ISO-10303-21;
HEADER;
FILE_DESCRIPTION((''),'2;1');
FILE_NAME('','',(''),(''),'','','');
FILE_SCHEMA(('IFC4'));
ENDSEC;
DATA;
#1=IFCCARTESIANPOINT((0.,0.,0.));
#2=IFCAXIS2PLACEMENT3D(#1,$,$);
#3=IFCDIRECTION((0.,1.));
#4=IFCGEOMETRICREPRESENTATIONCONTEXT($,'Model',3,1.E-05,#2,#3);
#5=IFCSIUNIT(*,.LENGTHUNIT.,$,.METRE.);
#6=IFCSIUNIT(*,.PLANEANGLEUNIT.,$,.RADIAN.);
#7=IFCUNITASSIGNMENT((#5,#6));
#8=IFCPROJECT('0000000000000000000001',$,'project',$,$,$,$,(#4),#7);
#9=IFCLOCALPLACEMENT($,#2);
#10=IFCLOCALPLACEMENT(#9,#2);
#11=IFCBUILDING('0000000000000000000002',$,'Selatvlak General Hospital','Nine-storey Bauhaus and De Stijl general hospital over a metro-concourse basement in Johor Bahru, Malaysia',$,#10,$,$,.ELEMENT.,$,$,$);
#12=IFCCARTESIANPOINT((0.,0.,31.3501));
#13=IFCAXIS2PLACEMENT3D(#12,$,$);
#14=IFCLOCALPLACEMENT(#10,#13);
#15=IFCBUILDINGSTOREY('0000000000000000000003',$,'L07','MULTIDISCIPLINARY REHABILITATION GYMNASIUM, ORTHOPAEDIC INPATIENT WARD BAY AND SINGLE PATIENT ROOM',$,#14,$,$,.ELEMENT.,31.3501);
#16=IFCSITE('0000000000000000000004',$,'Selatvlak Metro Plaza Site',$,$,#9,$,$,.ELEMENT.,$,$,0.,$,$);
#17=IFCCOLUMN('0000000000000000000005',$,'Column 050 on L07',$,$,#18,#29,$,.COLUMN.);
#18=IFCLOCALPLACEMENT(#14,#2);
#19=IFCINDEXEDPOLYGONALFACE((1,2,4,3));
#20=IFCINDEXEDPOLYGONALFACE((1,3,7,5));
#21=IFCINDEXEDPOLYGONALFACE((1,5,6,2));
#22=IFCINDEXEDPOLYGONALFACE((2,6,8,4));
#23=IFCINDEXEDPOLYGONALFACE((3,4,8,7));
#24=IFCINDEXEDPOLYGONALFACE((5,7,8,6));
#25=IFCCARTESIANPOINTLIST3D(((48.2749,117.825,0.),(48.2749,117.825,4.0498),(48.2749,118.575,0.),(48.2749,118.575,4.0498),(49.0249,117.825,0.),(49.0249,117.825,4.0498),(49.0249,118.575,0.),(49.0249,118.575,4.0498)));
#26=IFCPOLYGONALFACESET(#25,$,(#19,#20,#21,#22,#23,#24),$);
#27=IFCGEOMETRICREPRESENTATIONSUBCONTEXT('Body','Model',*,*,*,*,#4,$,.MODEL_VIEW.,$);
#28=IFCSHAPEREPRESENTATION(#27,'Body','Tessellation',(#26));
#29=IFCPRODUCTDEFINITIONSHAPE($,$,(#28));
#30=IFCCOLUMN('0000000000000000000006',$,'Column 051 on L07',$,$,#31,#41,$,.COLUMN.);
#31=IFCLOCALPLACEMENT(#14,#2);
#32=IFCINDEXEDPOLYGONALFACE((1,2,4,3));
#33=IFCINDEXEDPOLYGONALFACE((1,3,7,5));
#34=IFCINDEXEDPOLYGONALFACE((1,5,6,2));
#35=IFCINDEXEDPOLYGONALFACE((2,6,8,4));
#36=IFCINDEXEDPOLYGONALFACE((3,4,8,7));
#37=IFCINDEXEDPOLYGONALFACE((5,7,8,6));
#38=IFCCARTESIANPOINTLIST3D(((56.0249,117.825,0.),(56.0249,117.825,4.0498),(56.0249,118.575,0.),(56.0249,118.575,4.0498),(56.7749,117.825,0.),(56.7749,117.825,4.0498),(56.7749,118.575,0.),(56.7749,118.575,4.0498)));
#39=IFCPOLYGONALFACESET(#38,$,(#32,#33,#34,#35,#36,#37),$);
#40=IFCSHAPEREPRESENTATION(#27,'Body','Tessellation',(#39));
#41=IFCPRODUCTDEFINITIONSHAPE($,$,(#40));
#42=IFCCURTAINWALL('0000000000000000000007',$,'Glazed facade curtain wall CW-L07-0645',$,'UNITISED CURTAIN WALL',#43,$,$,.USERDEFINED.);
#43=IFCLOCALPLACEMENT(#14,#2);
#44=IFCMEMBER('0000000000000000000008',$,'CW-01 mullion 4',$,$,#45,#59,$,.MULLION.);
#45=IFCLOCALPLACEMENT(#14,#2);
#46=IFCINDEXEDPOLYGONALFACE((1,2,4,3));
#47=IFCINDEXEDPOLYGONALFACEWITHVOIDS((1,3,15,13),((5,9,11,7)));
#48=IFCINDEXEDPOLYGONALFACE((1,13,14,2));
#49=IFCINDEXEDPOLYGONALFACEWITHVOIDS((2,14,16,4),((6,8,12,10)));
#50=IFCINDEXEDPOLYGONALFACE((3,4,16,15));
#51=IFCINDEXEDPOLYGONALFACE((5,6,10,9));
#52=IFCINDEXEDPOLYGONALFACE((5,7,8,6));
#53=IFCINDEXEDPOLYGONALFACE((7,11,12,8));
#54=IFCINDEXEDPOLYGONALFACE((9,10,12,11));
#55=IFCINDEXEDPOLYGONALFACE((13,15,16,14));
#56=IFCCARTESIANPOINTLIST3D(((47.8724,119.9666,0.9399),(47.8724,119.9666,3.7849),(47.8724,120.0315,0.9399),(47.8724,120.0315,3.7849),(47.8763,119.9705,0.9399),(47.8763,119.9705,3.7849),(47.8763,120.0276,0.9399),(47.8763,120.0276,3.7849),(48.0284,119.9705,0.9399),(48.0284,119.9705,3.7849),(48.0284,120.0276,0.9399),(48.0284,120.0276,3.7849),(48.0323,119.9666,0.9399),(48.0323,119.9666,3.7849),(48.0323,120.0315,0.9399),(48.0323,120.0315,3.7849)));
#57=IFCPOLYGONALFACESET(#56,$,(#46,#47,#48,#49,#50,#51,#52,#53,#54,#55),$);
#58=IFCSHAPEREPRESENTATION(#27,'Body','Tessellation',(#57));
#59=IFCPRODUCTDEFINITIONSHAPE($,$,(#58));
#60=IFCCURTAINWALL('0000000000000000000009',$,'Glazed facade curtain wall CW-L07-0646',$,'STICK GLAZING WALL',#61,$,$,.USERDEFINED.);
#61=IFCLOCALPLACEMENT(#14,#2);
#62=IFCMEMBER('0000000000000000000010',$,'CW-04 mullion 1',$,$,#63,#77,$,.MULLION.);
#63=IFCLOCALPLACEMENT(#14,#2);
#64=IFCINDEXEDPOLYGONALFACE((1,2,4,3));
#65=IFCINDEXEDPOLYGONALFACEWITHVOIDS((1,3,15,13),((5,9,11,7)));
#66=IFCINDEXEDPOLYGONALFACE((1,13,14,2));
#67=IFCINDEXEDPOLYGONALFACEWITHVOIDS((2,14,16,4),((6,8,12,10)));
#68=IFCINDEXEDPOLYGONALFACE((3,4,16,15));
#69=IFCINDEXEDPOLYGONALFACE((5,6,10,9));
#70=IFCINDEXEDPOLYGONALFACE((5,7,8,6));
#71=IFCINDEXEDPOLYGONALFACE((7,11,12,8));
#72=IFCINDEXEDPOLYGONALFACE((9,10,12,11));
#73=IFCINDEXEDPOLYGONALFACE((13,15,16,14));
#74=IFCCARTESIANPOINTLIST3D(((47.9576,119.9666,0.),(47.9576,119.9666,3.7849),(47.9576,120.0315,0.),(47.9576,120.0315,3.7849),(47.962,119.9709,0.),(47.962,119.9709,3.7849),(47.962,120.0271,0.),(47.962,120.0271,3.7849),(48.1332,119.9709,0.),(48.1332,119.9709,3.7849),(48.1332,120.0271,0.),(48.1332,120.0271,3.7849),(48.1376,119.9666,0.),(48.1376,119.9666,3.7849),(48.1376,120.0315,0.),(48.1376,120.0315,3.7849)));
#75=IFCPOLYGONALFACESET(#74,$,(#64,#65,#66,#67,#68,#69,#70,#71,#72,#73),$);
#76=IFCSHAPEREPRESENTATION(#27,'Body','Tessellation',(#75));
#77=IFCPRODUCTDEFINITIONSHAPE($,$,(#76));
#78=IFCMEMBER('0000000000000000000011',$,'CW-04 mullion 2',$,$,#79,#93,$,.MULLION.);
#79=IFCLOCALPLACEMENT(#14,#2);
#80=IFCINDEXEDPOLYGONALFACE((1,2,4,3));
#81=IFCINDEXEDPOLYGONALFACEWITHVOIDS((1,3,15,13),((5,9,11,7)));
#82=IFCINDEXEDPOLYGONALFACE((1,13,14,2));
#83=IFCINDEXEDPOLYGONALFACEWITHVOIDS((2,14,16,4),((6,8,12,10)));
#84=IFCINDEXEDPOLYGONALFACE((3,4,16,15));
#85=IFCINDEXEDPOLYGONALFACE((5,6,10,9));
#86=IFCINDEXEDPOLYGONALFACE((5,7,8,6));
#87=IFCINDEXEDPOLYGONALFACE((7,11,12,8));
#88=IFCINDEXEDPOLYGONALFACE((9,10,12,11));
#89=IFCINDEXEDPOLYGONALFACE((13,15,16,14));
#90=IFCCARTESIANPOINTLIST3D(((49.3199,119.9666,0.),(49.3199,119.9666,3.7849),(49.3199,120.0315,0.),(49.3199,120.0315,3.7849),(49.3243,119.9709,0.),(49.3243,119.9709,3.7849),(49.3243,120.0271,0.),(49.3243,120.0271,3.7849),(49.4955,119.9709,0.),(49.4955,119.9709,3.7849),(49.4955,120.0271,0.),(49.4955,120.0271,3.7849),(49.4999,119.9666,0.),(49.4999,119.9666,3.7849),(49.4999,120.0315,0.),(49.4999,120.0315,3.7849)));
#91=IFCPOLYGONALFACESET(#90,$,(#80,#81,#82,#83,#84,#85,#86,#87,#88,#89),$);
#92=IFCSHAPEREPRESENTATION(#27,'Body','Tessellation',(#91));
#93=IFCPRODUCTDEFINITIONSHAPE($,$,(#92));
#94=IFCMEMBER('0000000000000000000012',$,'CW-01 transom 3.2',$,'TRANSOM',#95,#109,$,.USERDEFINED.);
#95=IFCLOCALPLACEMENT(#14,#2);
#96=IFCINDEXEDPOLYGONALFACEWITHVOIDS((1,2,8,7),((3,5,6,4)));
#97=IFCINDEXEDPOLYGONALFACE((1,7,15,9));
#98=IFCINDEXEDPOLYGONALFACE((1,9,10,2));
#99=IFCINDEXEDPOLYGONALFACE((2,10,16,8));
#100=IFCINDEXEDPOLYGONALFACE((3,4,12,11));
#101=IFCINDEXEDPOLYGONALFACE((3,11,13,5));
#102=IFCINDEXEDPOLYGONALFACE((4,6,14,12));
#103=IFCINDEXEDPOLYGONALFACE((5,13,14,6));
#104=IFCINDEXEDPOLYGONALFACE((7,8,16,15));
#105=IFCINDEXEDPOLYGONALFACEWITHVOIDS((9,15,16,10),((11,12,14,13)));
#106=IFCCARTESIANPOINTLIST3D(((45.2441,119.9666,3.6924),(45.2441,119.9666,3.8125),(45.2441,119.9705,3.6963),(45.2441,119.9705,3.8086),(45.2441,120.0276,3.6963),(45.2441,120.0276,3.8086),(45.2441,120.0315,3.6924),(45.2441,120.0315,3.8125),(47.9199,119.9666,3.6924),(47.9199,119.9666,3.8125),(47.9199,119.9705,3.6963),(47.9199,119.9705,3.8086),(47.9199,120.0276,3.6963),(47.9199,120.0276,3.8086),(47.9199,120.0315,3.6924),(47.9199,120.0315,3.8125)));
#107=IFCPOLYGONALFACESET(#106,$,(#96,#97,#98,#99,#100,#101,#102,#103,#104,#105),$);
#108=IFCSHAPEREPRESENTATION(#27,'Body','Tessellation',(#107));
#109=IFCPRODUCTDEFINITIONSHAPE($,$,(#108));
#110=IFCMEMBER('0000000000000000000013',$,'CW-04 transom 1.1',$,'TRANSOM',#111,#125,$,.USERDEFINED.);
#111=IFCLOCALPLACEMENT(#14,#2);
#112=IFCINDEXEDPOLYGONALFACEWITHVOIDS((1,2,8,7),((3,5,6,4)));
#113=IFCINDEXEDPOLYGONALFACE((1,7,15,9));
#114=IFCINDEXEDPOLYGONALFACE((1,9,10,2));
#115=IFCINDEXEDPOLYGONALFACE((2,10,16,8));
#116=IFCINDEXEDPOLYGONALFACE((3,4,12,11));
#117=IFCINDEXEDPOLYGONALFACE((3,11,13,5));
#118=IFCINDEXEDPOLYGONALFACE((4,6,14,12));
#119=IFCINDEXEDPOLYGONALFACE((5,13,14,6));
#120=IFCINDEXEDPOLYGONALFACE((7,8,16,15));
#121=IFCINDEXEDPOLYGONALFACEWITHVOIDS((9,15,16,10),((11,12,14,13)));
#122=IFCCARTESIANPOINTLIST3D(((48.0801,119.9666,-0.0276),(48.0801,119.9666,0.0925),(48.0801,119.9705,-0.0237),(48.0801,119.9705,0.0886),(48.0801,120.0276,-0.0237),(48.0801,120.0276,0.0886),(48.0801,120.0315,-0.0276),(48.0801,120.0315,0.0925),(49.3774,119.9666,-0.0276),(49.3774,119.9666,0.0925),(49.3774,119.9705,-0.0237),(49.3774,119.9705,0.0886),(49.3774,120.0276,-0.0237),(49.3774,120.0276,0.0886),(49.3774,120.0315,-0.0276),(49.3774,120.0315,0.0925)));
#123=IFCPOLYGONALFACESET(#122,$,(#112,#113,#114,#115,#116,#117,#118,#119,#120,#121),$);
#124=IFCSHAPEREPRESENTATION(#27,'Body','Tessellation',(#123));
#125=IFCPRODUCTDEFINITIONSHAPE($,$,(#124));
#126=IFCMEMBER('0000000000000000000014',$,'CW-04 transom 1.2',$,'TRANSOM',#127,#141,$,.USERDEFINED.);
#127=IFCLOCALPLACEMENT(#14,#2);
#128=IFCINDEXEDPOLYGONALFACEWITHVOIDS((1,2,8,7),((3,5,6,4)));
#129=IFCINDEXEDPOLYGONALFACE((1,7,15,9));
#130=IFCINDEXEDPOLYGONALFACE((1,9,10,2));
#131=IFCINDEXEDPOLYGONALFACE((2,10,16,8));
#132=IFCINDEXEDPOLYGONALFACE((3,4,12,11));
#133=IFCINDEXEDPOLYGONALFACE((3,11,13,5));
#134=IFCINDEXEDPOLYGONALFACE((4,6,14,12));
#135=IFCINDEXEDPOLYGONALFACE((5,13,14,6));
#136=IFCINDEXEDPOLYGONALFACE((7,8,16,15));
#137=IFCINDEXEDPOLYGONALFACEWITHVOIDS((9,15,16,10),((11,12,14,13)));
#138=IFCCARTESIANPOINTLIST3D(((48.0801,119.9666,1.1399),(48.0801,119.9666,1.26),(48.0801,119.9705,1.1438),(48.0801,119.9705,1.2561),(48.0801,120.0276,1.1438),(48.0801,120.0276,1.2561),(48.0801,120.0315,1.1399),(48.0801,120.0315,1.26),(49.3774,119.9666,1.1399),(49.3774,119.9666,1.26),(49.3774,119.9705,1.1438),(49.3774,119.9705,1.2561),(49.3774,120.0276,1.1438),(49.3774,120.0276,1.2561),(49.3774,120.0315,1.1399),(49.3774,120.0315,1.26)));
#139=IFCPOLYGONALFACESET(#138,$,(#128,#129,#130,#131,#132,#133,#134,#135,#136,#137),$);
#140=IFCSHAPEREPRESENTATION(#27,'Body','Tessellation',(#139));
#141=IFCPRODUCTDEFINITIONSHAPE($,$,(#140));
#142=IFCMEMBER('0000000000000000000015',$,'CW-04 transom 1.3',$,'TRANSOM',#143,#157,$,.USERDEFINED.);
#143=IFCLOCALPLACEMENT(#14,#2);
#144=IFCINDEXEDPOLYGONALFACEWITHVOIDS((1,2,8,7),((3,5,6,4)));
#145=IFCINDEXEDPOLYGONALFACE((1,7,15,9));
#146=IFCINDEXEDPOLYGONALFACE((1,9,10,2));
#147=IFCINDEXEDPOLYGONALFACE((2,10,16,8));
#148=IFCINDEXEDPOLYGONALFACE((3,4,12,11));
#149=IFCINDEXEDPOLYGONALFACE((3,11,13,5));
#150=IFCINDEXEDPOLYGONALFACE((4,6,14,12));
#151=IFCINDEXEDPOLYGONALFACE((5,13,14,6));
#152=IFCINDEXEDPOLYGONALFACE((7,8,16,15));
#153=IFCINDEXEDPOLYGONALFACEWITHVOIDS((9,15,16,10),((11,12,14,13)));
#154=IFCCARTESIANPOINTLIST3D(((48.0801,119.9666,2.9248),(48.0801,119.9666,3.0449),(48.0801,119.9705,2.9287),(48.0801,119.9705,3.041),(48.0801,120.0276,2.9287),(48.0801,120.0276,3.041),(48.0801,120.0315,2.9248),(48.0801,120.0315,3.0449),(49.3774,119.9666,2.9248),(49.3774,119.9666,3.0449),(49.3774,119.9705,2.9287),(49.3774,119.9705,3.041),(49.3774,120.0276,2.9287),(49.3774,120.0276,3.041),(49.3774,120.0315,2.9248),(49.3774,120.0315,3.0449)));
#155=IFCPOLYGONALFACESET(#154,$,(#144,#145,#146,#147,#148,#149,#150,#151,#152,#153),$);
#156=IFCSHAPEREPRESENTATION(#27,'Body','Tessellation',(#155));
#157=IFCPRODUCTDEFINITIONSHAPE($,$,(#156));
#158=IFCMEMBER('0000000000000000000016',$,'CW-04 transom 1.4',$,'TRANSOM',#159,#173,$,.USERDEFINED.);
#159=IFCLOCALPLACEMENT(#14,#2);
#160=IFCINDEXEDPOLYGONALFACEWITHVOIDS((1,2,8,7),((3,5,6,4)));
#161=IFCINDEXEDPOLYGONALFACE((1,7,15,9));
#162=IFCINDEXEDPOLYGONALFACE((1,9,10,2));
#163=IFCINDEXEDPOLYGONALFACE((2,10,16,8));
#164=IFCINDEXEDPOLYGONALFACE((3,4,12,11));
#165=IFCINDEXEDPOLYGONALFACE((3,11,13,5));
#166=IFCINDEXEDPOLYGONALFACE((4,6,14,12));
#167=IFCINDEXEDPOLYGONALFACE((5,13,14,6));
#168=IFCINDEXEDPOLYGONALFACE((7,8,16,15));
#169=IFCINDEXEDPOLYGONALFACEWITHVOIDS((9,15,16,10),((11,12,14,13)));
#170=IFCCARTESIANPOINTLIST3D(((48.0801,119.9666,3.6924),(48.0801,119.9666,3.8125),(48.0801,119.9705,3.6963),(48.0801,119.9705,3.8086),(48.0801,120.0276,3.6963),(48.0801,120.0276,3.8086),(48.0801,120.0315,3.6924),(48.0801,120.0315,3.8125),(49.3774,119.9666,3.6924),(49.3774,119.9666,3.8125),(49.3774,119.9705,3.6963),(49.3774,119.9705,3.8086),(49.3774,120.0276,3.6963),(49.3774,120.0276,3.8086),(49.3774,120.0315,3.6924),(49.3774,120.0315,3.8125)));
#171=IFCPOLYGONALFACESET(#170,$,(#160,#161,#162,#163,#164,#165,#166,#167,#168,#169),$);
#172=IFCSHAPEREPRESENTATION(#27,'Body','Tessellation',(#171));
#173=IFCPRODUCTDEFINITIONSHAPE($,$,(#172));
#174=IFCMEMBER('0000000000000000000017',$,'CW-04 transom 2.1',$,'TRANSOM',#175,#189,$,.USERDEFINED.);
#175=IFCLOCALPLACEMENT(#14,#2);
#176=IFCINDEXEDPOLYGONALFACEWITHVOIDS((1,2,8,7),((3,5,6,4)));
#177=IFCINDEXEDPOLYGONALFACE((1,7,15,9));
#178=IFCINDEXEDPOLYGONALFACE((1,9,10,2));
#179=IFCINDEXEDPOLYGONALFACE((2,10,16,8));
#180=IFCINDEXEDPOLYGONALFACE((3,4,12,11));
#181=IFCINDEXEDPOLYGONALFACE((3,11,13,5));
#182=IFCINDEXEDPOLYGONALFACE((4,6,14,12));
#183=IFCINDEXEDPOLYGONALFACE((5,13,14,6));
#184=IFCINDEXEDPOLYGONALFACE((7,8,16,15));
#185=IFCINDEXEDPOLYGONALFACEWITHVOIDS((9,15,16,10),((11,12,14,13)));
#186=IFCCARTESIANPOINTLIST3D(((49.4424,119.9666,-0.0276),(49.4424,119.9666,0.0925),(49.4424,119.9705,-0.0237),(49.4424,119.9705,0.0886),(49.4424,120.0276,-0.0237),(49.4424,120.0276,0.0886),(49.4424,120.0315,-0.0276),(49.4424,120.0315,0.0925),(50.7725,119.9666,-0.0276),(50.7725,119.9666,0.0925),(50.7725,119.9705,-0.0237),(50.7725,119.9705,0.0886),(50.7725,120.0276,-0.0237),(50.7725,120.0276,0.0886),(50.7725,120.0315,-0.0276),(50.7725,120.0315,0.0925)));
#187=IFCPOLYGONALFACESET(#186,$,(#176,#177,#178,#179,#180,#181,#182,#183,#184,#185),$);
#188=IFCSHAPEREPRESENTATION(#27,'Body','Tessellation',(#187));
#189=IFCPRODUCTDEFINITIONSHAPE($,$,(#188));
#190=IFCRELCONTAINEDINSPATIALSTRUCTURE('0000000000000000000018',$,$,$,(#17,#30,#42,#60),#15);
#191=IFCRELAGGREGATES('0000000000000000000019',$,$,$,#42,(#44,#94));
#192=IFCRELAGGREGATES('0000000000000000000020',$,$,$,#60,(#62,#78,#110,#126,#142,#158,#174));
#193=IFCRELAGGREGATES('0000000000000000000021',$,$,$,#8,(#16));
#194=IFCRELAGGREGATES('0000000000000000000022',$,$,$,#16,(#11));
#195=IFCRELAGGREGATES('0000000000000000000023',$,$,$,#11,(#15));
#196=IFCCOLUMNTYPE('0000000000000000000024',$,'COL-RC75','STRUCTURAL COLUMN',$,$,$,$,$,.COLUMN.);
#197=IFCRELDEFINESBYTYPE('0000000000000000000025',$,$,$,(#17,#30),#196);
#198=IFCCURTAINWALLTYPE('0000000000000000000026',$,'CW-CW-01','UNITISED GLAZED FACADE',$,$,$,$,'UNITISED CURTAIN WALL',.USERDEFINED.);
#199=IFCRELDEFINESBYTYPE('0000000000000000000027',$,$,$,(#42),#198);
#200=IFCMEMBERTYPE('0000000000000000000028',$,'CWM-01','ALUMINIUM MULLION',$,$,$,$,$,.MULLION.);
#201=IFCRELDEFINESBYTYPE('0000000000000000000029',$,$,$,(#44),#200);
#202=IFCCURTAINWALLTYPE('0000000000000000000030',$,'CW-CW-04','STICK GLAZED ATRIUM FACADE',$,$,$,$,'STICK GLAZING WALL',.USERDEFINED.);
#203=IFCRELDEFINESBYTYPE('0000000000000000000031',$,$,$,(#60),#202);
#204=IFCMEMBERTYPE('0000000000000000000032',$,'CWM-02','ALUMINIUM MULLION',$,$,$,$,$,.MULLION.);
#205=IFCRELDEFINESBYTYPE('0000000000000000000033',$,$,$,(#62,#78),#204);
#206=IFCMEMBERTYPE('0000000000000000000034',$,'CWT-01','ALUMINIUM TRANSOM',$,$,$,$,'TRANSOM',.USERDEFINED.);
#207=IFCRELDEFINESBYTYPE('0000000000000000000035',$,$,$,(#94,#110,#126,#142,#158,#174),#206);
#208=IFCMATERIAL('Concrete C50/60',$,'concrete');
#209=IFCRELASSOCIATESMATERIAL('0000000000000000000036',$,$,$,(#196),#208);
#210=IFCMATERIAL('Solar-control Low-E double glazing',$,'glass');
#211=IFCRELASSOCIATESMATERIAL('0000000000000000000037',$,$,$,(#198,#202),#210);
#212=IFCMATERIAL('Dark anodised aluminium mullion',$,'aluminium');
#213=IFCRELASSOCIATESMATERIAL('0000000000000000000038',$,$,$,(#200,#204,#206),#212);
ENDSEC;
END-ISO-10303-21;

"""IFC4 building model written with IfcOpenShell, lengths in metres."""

from ifc_helpers import new_model, si_unit, direction, frame, origin, origin_2d, place, context, subcontext, project, spatial, rectangle, hollow_rectangle, extrude, material, material_profile, profile_set, type_object, element, aggregate, save


model = new_model("IFC4")

# Units and contexts
model_context = context("Model", 3, precision=1e-05, world=origin(), true_north=direction((0.0, 1.0)))
body_context = subcontext(model_context, "Body", "Model", "MODEL_VIEW")
ifc_project = project(units=[si_unit("LENGTHUNIT", "METRE"), si_unit("PLANEANGLEUNIT", "RADIAN")], contexts=[model_context])

# Site, building, storey
site_placement = place(None, origin())
site = spatial("IfcSite", under=ifc_project, at=site_placement, Name="Selatvlak Metro Plaza Site", CompositionType="ELEMENT", RefElevation=0.0)
building_placement = place(site_placement, origin())
building = spatial("IfcBuilding", under=site, at=building_placement, Name="Selatvlak General Hospital", Description="Nine-storey Bauhaus and De Stijl general hospital over a metro-concourse basement in Johor Bahru, Malaysia", CompositionType="ELEMENT")
storey_placement = place(building_placement, frame((0.0, 0.0, 31.3501)))
storey = spatial("IfcBuildingStorey", under=building, at=storey_placement, Name="L07", Description="MULTIDISCIPLINARY REHABILITATION GYMNASIUM, ORTHOPAEDIC INPATIENT WARD BAY AND SINGLE PATIENT ROOM", CompositionType="ELEMENT", Elevation=31.3501)

# Columns
ifc_material_1 = material(Name="Concrete C50/60", Category="concrete")
ifc_material_profile_1 = material_profile(ifc_material_1, rectangle(XDim=0.75, YDim=0.75, at=origin_2d()), Name="RC-COL 750x750")
ifc_profile_set_1 = profile_set([ifc_material_profile_1], Name="Concrete C50/60")
column_type = type_object("IfcColumnType", Name="COL-RC75", Description="STRUCTURAL COLUMN", PredefinedType="COLUMN", material=ifc_profile_set_1)
for number, where, z_axis, x_axis, name in (
    (1, (48.6499, 118.2, 0.0), (0.0, 0.0, 1.0), (1.0, 0.0, 0.0), "Column 050 on L07"),
    (2, (56.3999, 118.2, 0.0), (0.0, 0.0, 1.0), (1.0, 0.0, 0.0), "Column 051 on L07"),
):
    element("IfcColumn", number, at=place(storey_placement, frame(where, z_axis=z_axis, x_axis=x_axis)), inside=storey, type_object=column_type, Name=name, PredefinedType="COLUMN", context=body_context, shape_type="SweptSolid", body=[
        extrude(rectangle(XDim=0.75, YDim=0.75, at=origin_2d()), origin(), (0.0, 0.0, 1.0), 4.0498),
    ])

# Curtain wall, member
ifc_material_2 = material(Name="Solar-control Low-E double glazing", Category="glass")
curtain_wall_type_1 = type_object("IfcCurtainWallType", Name="CW-CW-01", Description="UNITISED GLAZED FACADE", ElementType="UNITISED CURTAIN WALL", PredefinedType="USERDEFINED", material=ifc_material_2)
curtain_wall_1_placement = place(storey_placement, origin())
curtain_wall_1 = element("IfcCurtainWall", 3, at=curtain_wall_1_placement, inside=storey, type_object=curtain_wall_type_1, Name="Glazed facade curtain wall CW-L07-0645", ObjectType="UNITISED CURTAIN WALL", PredefinedType="USERDEFINED")
ifc_material_3 = material(Name="Dark anodised aluminium mullion", Category="aluminium")
ifc_material_profile_2 = material_profile(ifc_material_3, hollow_rectangle(XDim=0.0649, YDim=0.1599, WallThickness=0.0039, at=origin_2d()), Name="AL-MUL 65x160x4")
ifc_profile_set_2 = profile_set([ifc_material_profile_2], Name="Dark anodised aluminium mullion")
member_type_1 = type_object("IfcMemberType", Name="CWM-01", Description="ALUMINIUM MULLION", PredefinedType="MULLION", material=ifc_profile_set_2)
member_1_placement = place(storey_placement, frame((47.9524, 119.999, 0.9399), z_axis=(0.0, 0.0, 1.0), x_axis=(0.0, 1.0, 0.0)))
member_1 = element("IfcMember", 4, at=member_1_placement, type_object=member_type_1, Name="CW-01 mullion 4", PredefinedType="MULLION", context=body_context, shape_type="SweptSolid", body=[
    extrude(hollow_rectangle(XDim=0.0649, YDim=0.1599, WallThickness=0.0039, at=origin_2d()), origin(), (0.0, 0.0, 1.0), 2.845),
])

# Curtain wall, members
curtain_wall_type_2 = type_object("IfcCurtainWallType", Name="CW-CW-04", Description="STICK GLAZED ATRIUM FACADE", ElementType="STICK GLAZING WALL", PredefinedType="USERDEFINED", material=ifc_material_2)
curtain_wall_2_placement = place(storey_placement, origin())
curtain_wall_2 = element("IfcCurtainWall", 5, at=curtain_wall_2_placement, inside=storey, type_object=curtain_wall_type_2, Name="Glazed facade curtain wall CW-L07-0646", ObjectType="STICK GLAZING WALL", PredefinedType="USERDEFINED")
ifc_material_profile_3 = material_profile(ifc_material_3, hollow_rectangle(XDim=0.0649, YDim=0.1799, WallThickness=0.0044, at=origin_2d()), Name="AL-MUL 65x180x4.5")
ifc_profile_set_3 = profile_set([ifc_material_profile_3], Name="Dark anodised aluminium mullion")
member_type_2 = type_object("IfcMemberType", Name="CWM-02", Description="ALUMINIUM MULLION", PredefinedType="MULLION", material=ifc_profile_set_3)
member_2_placement = place(storey_placement, frame((48.0476, 119.999, 0.0), z_axis=(0.0, 0.0, 1.0), x_axis=(0.0, 1.0, 0.0)))
member_2 = element("IfcMember", 6, at=member_2_placement, type_object=member_type_2, Name="CW-04 mullion 1", PredefinedType="MULLION", context=body_context, shape_type="SweptSolid", body=[
    extrude(hollow_rectangle(XDim=0.0649, YDim=0.1799, WallThickness=0.0044, at=origin_2d()), origin(), (0.0, 0.0, 1.0), 3.7849),
])
member_3_placement = place(storey_placement, frame((49.4099, 119.999, 0.0), z_axis=(0.0, 0.0, 1.0), x_axis=(0.0, 1.0, 0.0)))
member_3 = element("IfcMember", 7, at=member_3_placement, type_object=member_type_2, Name="CW-04 mullion 2", PredefinedType="MULLION", context=body_context, shape_type="SweptSolid", body=[
    extrude(hollow_rectangle(XDim=0.0649, YDim=0.1799, WallThickness=0.0044, at=origin_2d()), origin(), (0.0, 0.0, 1.0), 3.7849),
])

# Members
ifc_material_profile_4 = material_profile(ifc_material_3, hollow_rectangle(XDim=0.0649, YDim=0.1201, WallThickness=0.0039, at=origin_2d()), Name="AL-TRN 65x120x4")
ifc_profile_set_4 = profile_set([ifc_material_profile_4], Name="Dark anodised aluminium mullion")
member_type_3 = type_object("IfcMemberType", Name="CWT-01", Description="ALUMINIUM TRANSOM", ElementType="TRANSOM", PredefinedType="USERDEFINED", material=ifc_profile_set_4)
member_4_placement = place(storey_placement, frame((45.2441, 119.999, 3.7524), z_axis=(1.0, 0.0, 0.0), x_axis=(0.0, 1.0, 0.0)))
member_4 = element("IfcMember", 8, at=member_4_placement, type_object=member_type_3, Name="CW-01 transom 3.2", ObjectType="TRANSOM", PredefinedType="USERDEFINED", context=body_context, shape_type="SweptSolid", body=[
    extrude(hollow_rectangle(XDim=0.0649, YDim=0.1201, WallThickness=0.0039, at=origin_2d()), origin(), (0.0, 0.0, 1.0), 2.6758),
])
member_5_placement = place(storey_placement, frame((48.0801, 119.999, 0.0325), z_axis=(1.0, 0.0, 0.0), x_axis=(0.0, 1.0, 0.0)))
member_5 = element("IfcMember", 9, at=member_5_placement, type_object=member_type_3, Name="CW-04 transom 1.1", ObjectType="TRANSOM", PredefinedType="USERDEFINED", context=body_context, shape_type="SweptSolid", body=[
    extrude(hollow_rectangle(XDim=0.0649, YDim=0.1201, WallThickness=0.0039, at=origin_2d()), origin(), (0.0, 0.0, 1.0), 1.2974),
])
member_6_placement = place(storey_placement, frame((48.0801, 119.999, 1.2), z_axis=(1.0, 0.0, 0.0), x_axis=(0.0, 1.0, 0.0)))
member_6 = element("IfcMember", 10, at=member_6_placement, type_object=member_type_3, Name="CW-04 transom 1.2", ObjectType="TRANSOM", PredefinedType="USERDEFINED", context=body_context, shape_type="SweptSolid", body=[
    extrude(hollow_rectangle(XDim=0.0649, YDim=0.1201, WallThickness=0.0039, at=origin_2d()), origin(), (0.0, 0.0, 1.0), 1.2974),
])
member_7_placement = place(storey_placement, frame((48.0801, 119.999, 2.9849), z_axis=(1.0, 0.0, 0.0), x_axis=(0.0, 1.0, 0.0)))
member_7 = element("IfcMember", 11, at=member_7_placement, type_object=member_type_3, Name="CW-04 transom 1.3", ObjectType="TRANSOM", PredefinedType="USERDEFINED", context=body_context, shape_type="SweptSolid", body=[
    extrude(hollow_rectangle(XDim=0.0649, YDim=0.1201, WallThickness=0.0039, at=origin_2d()), origin(), (0.0, 0.0, 1.0), 1.2974),
])
member_8_placement = place(storey_placement, frame((48.0801, 119.999, 3.7524), z_axis=(1.0, 0.0, 0.0), x_axis=(0.0, 1.0, 0.0)))
member_8 = element("IfcMember", 12, at=member_8_placement, type_object=member_type_3, Name="CW-04 transom 1.4", ObjectType="TRANSOM", PredefinedType="USERDEFINED", context=body_context, shape_type="SweptSolid", body=[
    extrude(hollow_rectangle(XDim=0.0649, YDim=0.1201, WallThickness=0.0039, at=origin_2d()), origin(), (0.0, 0.0, 1.0), 1.2974),
])
member_9_placement = place(storey_placement, frame((49.4424, 119.999, 0.0325), z_axis=(1.0, 0.0, 0.0), x_axis=(0.0, 1.0, 0.0)))
member_9 = element("IfcMember", 13, at=member_9_placement, type_object=member_type_3, Name="CW-04 transom 2.1", ObjectType="TRANSOM", PredefinedType="USERDEFINED", context=body_context, shape_type="SweptSolid", body=[
    extrude(hollow_rectangle(XDim=0.0649, YDim=0.1201, WallThickness=0.0039, at=origin_2d()), origin(), (0.0, 0.0, 1.0), 1.3301),
])

aggregate(curtain_wall_1, [member_1, member_4])
aggregate(curtain_wall_2, [member_2, member_3, member_5, member_6, member_7, member_8, member_9])

save(model, "model.ifc")
